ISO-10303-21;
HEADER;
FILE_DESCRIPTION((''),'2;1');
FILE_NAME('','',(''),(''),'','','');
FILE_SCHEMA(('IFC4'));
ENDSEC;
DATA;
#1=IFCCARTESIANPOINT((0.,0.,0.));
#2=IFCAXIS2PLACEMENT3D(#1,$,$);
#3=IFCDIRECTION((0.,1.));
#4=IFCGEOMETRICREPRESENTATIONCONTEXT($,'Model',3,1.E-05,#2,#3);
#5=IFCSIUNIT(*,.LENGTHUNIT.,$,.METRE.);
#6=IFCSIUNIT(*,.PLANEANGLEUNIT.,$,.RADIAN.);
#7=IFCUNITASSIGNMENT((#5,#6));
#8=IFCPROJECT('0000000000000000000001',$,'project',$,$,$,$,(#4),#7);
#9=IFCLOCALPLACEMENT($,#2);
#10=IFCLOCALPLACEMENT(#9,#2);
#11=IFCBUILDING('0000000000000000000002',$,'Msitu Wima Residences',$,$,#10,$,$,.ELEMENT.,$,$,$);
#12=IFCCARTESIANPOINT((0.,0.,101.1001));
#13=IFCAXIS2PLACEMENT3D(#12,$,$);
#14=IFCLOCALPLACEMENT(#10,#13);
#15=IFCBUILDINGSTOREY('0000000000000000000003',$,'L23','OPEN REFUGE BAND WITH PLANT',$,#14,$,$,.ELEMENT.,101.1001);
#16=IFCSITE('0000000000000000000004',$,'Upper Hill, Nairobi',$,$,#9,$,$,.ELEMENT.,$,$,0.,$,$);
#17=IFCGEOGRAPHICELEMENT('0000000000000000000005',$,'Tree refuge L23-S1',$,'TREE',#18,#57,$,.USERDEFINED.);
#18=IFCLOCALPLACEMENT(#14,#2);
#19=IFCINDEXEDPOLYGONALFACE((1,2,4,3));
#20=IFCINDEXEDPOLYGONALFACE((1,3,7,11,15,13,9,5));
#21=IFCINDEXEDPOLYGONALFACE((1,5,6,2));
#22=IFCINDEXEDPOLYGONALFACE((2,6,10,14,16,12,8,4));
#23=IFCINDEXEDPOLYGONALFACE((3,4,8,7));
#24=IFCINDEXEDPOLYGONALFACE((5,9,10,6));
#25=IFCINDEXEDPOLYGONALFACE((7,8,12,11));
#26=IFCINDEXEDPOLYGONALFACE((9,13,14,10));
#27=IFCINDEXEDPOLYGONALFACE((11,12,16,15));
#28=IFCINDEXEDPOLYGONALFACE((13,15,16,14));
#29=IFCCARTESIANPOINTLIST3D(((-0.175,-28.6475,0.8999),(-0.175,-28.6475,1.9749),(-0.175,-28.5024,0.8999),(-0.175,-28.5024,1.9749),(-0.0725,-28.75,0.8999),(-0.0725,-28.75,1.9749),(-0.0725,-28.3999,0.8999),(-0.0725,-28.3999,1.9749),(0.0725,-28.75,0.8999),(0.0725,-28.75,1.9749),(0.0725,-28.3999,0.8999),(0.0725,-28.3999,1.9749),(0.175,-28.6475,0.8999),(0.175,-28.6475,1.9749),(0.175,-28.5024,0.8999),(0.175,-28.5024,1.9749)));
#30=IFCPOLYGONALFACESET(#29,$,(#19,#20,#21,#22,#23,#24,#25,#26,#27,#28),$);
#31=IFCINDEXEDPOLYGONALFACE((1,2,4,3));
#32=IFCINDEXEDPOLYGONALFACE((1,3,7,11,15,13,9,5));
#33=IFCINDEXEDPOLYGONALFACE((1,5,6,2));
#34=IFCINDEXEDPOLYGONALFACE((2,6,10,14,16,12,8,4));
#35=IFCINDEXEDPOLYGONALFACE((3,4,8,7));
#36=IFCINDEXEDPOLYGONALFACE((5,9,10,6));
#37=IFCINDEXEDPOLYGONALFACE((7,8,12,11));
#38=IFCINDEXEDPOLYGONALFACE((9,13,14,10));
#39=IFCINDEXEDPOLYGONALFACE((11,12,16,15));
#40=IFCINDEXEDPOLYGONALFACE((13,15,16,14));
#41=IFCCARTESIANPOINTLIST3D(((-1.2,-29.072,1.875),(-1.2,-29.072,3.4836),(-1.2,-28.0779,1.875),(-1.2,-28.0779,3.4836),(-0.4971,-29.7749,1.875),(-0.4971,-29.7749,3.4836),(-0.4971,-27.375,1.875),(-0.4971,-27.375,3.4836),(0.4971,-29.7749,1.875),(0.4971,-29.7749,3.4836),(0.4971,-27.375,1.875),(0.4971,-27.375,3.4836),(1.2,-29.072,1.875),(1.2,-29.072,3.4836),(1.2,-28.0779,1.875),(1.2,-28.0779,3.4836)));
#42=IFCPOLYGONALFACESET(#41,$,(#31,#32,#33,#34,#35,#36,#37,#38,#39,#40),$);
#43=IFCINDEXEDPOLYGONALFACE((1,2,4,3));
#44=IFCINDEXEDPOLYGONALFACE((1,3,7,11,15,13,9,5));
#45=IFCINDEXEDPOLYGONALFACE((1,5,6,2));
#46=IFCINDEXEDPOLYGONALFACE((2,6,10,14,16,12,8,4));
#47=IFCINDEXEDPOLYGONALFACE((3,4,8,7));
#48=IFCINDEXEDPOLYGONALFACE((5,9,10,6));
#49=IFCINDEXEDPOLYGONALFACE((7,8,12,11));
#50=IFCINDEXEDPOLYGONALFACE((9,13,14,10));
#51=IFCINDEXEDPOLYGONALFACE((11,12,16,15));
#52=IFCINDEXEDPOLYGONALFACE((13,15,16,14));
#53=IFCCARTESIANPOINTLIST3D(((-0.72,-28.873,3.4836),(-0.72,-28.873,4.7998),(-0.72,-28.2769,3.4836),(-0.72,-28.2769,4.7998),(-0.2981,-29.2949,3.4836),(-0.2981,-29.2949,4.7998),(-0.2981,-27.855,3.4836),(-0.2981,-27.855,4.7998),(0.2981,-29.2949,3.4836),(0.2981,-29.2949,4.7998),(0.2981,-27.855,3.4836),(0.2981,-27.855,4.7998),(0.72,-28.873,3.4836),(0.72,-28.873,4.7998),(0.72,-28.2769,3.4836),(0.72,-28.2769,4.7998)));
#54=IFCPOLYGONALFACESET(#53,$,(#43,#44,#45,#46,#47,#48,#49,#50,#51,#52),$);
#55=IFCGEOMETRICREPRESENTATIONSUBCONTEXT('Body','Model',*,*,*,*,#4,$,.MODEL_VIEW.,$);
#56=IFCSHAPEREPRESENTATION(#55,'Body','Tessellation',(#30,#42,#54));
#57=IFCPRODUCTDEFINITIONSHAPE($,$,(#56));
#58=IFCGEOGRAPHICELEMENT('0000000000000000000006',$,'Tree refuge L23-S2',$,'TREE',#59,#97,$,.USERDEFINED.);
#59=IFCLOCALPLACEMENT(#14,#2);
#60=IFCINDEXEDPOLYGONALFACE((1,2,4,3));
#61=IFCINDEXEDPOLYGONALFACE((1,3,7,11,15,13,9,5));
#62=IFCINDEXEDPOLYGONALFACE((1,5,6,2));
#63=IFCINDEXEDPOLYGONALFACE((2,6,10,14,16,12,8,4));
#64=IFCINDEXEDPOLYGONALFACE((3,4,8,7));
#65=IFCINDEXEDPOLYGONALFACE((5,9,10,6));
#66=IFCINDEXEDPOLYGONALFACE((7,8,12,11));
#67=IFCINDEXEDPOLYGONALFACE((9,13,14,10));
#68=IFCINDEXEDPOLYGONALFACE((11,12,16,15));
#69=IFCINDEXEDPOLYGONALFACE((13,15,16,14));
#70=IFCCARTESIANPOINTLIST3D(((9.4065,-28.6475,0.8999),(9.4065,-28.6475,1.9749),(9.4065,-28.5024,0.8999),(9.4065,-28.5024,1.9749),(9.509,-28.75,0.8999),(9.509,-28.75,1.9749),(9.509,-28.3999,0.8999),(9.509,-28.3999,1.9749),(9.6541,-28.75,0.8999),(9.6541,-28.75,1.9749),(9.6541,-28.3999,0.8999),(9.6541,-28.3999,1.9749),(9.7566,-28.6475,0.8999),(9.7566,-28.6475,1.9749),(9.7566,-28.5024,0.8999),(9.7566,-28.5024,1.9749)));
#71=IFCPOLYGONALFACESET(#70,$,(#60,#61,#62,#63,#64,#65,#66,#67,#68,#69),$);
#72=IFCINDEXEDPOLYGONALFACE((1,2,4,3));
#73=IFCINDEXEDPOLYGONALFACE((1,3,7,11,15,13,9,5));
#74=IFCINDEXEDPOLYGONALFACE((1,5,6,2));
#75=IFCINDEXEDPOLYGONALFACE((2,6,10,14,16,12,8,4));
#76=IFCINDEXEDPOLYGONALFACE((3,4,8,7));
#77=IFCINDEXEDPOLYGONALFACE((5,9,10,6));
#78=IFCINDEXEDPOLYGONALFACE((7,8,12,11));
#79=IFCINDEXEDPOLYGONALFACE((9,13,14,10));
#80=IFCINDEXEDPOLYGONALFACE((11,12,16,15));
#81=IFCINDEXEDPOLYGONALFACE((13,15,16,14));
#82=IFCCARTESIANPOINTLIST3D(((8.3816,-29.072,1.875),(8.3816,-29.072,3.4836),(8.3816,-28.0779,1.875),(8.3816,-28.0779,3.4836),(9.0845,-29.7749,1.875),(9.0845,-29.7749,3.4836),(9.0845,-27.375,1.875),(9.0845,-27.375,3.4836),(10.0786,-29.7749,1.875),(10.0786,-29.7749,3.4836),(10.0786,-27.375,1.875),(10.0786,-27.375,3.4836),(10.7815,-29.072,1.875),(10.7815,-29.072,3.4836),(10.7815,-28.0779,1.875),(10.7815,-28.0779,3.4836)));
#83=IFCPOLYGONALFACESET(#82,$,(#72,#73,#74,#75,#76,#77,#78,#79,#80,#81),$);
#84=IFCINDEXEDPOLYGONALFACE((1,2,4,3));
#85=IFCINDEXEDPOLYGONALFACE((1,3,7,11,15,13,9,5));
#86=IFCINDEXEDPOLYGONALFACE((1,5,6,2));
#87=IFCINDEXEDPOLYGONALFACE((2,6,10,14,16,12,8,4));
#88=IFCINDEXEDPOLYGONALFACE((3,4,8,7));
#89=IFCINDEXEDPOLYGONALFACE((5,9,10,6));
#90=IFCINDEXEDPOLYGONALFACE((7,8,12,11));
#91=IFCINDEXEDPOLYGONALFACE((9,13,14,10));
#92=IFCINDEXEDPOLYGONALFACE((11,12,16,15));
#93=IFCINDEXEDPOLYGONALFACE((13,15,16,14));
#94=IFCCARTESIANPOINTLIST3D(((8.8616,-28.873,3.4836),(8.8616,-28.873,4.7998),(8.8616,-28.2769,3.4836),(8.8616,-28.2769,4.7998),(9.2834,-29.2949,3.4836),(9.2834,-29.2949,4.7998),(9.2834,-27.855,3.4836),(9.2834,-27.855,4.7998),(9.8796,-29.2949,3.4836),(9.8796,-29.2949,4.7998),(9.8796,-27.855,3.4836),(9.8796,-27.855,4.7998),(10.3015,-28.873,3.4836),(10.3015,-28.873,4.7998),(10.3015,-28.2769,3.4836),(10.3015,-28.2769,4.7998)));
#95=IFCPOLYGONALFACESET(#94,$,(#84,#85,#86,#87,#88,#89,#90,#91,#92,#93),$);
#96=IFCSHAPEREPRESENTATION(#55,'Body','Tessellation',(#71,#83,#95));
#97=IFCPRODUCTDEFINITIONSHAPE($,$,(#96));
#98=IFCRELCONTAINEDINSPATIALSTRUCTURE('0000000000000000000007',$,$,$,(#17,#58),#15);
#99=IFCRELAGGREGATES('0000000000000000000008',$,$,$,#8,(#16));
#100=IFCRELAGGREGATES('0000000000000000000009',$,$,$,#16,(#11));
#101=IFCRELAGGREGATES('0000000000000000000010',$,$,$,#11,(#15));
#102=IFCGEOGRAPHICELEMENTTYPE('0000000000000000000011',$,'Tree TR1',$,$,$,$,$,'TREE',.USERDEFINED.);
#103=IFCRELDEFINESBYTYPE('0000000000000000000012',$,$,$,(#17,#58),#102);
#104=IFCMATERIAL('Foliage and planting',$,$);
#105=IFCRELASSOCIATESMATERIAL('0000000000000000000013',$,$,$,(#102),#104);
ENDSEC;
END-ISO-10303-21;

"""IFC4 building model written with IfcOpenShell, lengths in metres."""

from ifc_helpers import new_model, si_unit, direction, frame, origin, place, context, subcontext, project, spatial, polyline, outline, extrude, material, type_object, element, save


model = new_model("IFC4")

# Units and contexts
model_context = context("Model", 3, precision=1e-05, world=origin(), true_north=direction((0.0, 1.0)))
body_context = subcontext(model_context, "Body", "Model", "MODEL_VIEW")
ifc_project = project(units=[si_unit("LENGTHUNIT", "METRE"), si_unit("PLANEANGLEUNIT", "RADIAN")], contexts=[model_context])

# Site, building, storey
site_placement = place(None, origin())
site = spatial("IfcSite", under=ifc_project, at=site_placement, Name="Upper Hill, Nairobi", CompositionType="ELEMENT", RefElevation=0.0)
building_placement = place(site_placement, origin())
building = spatial("IfcBuilding", under=site, at=building_placement, Name="Msitu Wima Residences", CompositionType="ELEMENT")
storey_placement = place(building_placement, frame((0.0, 0.0, 101.1001)))
storey = spatial("IfcBuildingStorey", under=building, at=storey_placement, Name="L23", Description="OPEN REFUGE BAND WITH PLANT", CompositionType="ELEMENT", Elevation=101.1001)

# Geographic elements
ifc_material_1 = material(Name="Foliage and planting")
geographic_element_type = type_object("IfcGeographicElementType", Name="Tree TR1", ElementType="TREE", PredefinedType="USERDEFINED", material=ifc_material_1)
for number, where, z_axis, x_axis, name in (
    (1, (0.0, -28.575, 0.8999), (0.0, 0.0, 1.0), (1.0, 0.0, 0.0), "Tree refuge L23-S1"),
    (2, (9.5815, -28.575, 0.8999), (0.0, 0.0, 1.0), (1.0, 0.0, 0.0), "Tree refuge L23-S2"),
):
    element("IfcGeographicElement", number, at=place(storey_placement, frame(where, z_axis=z_axis, x_axis=x_axis)), inside=storey, type_object=geographic_element_type, Name=name, ObjectType="TREE", PredefinedType="USERDEFINED", context=body_context, shape_type="SweptSolid", body=[
        extrude(outline(polyline([(0.175, 0.0725), (0.0725, 0.175), (-0.0725, 0.175), (-0.175, 0.0725), (-0.175, -0.0725), (-0.0725, -0.175), (0.0725, -0.175), (0.175, -0.0725), (0.175, 0.0725)])), origin(), (0.0, 0.0, 1.0), 1.075),
        extrude(outline(polyline([(1.2, 0.4971), (0.4971, 1.2), (-0.4971, 1.2), (-1.2, 0.4971), (-1.2, -0.4971), (-0.4971, -1.2), (0.4971, -1.2), (1.2, -0.4971), (1.2, 0.4971)])), frame((0.0, 0.0, 0.9751)), (0.0, 0.0, 1.0), 1.6086),
        extrude(outline(polyline([(0.72, 0.2981), (0.2981, 0.72), (-0.2981, 0.72), (-0.72, 0.2981), (-0.72, -0.2981), (-0.2981, -0.72), (0.2981, -0.72), (0.72, -0.2981), (0.72, 0.2981)])), frame((0.0, 0.0, 2.5837)), (0.0, 0.0, 1.0), 1.3162),
    ])

save(model, "model.ifc")
